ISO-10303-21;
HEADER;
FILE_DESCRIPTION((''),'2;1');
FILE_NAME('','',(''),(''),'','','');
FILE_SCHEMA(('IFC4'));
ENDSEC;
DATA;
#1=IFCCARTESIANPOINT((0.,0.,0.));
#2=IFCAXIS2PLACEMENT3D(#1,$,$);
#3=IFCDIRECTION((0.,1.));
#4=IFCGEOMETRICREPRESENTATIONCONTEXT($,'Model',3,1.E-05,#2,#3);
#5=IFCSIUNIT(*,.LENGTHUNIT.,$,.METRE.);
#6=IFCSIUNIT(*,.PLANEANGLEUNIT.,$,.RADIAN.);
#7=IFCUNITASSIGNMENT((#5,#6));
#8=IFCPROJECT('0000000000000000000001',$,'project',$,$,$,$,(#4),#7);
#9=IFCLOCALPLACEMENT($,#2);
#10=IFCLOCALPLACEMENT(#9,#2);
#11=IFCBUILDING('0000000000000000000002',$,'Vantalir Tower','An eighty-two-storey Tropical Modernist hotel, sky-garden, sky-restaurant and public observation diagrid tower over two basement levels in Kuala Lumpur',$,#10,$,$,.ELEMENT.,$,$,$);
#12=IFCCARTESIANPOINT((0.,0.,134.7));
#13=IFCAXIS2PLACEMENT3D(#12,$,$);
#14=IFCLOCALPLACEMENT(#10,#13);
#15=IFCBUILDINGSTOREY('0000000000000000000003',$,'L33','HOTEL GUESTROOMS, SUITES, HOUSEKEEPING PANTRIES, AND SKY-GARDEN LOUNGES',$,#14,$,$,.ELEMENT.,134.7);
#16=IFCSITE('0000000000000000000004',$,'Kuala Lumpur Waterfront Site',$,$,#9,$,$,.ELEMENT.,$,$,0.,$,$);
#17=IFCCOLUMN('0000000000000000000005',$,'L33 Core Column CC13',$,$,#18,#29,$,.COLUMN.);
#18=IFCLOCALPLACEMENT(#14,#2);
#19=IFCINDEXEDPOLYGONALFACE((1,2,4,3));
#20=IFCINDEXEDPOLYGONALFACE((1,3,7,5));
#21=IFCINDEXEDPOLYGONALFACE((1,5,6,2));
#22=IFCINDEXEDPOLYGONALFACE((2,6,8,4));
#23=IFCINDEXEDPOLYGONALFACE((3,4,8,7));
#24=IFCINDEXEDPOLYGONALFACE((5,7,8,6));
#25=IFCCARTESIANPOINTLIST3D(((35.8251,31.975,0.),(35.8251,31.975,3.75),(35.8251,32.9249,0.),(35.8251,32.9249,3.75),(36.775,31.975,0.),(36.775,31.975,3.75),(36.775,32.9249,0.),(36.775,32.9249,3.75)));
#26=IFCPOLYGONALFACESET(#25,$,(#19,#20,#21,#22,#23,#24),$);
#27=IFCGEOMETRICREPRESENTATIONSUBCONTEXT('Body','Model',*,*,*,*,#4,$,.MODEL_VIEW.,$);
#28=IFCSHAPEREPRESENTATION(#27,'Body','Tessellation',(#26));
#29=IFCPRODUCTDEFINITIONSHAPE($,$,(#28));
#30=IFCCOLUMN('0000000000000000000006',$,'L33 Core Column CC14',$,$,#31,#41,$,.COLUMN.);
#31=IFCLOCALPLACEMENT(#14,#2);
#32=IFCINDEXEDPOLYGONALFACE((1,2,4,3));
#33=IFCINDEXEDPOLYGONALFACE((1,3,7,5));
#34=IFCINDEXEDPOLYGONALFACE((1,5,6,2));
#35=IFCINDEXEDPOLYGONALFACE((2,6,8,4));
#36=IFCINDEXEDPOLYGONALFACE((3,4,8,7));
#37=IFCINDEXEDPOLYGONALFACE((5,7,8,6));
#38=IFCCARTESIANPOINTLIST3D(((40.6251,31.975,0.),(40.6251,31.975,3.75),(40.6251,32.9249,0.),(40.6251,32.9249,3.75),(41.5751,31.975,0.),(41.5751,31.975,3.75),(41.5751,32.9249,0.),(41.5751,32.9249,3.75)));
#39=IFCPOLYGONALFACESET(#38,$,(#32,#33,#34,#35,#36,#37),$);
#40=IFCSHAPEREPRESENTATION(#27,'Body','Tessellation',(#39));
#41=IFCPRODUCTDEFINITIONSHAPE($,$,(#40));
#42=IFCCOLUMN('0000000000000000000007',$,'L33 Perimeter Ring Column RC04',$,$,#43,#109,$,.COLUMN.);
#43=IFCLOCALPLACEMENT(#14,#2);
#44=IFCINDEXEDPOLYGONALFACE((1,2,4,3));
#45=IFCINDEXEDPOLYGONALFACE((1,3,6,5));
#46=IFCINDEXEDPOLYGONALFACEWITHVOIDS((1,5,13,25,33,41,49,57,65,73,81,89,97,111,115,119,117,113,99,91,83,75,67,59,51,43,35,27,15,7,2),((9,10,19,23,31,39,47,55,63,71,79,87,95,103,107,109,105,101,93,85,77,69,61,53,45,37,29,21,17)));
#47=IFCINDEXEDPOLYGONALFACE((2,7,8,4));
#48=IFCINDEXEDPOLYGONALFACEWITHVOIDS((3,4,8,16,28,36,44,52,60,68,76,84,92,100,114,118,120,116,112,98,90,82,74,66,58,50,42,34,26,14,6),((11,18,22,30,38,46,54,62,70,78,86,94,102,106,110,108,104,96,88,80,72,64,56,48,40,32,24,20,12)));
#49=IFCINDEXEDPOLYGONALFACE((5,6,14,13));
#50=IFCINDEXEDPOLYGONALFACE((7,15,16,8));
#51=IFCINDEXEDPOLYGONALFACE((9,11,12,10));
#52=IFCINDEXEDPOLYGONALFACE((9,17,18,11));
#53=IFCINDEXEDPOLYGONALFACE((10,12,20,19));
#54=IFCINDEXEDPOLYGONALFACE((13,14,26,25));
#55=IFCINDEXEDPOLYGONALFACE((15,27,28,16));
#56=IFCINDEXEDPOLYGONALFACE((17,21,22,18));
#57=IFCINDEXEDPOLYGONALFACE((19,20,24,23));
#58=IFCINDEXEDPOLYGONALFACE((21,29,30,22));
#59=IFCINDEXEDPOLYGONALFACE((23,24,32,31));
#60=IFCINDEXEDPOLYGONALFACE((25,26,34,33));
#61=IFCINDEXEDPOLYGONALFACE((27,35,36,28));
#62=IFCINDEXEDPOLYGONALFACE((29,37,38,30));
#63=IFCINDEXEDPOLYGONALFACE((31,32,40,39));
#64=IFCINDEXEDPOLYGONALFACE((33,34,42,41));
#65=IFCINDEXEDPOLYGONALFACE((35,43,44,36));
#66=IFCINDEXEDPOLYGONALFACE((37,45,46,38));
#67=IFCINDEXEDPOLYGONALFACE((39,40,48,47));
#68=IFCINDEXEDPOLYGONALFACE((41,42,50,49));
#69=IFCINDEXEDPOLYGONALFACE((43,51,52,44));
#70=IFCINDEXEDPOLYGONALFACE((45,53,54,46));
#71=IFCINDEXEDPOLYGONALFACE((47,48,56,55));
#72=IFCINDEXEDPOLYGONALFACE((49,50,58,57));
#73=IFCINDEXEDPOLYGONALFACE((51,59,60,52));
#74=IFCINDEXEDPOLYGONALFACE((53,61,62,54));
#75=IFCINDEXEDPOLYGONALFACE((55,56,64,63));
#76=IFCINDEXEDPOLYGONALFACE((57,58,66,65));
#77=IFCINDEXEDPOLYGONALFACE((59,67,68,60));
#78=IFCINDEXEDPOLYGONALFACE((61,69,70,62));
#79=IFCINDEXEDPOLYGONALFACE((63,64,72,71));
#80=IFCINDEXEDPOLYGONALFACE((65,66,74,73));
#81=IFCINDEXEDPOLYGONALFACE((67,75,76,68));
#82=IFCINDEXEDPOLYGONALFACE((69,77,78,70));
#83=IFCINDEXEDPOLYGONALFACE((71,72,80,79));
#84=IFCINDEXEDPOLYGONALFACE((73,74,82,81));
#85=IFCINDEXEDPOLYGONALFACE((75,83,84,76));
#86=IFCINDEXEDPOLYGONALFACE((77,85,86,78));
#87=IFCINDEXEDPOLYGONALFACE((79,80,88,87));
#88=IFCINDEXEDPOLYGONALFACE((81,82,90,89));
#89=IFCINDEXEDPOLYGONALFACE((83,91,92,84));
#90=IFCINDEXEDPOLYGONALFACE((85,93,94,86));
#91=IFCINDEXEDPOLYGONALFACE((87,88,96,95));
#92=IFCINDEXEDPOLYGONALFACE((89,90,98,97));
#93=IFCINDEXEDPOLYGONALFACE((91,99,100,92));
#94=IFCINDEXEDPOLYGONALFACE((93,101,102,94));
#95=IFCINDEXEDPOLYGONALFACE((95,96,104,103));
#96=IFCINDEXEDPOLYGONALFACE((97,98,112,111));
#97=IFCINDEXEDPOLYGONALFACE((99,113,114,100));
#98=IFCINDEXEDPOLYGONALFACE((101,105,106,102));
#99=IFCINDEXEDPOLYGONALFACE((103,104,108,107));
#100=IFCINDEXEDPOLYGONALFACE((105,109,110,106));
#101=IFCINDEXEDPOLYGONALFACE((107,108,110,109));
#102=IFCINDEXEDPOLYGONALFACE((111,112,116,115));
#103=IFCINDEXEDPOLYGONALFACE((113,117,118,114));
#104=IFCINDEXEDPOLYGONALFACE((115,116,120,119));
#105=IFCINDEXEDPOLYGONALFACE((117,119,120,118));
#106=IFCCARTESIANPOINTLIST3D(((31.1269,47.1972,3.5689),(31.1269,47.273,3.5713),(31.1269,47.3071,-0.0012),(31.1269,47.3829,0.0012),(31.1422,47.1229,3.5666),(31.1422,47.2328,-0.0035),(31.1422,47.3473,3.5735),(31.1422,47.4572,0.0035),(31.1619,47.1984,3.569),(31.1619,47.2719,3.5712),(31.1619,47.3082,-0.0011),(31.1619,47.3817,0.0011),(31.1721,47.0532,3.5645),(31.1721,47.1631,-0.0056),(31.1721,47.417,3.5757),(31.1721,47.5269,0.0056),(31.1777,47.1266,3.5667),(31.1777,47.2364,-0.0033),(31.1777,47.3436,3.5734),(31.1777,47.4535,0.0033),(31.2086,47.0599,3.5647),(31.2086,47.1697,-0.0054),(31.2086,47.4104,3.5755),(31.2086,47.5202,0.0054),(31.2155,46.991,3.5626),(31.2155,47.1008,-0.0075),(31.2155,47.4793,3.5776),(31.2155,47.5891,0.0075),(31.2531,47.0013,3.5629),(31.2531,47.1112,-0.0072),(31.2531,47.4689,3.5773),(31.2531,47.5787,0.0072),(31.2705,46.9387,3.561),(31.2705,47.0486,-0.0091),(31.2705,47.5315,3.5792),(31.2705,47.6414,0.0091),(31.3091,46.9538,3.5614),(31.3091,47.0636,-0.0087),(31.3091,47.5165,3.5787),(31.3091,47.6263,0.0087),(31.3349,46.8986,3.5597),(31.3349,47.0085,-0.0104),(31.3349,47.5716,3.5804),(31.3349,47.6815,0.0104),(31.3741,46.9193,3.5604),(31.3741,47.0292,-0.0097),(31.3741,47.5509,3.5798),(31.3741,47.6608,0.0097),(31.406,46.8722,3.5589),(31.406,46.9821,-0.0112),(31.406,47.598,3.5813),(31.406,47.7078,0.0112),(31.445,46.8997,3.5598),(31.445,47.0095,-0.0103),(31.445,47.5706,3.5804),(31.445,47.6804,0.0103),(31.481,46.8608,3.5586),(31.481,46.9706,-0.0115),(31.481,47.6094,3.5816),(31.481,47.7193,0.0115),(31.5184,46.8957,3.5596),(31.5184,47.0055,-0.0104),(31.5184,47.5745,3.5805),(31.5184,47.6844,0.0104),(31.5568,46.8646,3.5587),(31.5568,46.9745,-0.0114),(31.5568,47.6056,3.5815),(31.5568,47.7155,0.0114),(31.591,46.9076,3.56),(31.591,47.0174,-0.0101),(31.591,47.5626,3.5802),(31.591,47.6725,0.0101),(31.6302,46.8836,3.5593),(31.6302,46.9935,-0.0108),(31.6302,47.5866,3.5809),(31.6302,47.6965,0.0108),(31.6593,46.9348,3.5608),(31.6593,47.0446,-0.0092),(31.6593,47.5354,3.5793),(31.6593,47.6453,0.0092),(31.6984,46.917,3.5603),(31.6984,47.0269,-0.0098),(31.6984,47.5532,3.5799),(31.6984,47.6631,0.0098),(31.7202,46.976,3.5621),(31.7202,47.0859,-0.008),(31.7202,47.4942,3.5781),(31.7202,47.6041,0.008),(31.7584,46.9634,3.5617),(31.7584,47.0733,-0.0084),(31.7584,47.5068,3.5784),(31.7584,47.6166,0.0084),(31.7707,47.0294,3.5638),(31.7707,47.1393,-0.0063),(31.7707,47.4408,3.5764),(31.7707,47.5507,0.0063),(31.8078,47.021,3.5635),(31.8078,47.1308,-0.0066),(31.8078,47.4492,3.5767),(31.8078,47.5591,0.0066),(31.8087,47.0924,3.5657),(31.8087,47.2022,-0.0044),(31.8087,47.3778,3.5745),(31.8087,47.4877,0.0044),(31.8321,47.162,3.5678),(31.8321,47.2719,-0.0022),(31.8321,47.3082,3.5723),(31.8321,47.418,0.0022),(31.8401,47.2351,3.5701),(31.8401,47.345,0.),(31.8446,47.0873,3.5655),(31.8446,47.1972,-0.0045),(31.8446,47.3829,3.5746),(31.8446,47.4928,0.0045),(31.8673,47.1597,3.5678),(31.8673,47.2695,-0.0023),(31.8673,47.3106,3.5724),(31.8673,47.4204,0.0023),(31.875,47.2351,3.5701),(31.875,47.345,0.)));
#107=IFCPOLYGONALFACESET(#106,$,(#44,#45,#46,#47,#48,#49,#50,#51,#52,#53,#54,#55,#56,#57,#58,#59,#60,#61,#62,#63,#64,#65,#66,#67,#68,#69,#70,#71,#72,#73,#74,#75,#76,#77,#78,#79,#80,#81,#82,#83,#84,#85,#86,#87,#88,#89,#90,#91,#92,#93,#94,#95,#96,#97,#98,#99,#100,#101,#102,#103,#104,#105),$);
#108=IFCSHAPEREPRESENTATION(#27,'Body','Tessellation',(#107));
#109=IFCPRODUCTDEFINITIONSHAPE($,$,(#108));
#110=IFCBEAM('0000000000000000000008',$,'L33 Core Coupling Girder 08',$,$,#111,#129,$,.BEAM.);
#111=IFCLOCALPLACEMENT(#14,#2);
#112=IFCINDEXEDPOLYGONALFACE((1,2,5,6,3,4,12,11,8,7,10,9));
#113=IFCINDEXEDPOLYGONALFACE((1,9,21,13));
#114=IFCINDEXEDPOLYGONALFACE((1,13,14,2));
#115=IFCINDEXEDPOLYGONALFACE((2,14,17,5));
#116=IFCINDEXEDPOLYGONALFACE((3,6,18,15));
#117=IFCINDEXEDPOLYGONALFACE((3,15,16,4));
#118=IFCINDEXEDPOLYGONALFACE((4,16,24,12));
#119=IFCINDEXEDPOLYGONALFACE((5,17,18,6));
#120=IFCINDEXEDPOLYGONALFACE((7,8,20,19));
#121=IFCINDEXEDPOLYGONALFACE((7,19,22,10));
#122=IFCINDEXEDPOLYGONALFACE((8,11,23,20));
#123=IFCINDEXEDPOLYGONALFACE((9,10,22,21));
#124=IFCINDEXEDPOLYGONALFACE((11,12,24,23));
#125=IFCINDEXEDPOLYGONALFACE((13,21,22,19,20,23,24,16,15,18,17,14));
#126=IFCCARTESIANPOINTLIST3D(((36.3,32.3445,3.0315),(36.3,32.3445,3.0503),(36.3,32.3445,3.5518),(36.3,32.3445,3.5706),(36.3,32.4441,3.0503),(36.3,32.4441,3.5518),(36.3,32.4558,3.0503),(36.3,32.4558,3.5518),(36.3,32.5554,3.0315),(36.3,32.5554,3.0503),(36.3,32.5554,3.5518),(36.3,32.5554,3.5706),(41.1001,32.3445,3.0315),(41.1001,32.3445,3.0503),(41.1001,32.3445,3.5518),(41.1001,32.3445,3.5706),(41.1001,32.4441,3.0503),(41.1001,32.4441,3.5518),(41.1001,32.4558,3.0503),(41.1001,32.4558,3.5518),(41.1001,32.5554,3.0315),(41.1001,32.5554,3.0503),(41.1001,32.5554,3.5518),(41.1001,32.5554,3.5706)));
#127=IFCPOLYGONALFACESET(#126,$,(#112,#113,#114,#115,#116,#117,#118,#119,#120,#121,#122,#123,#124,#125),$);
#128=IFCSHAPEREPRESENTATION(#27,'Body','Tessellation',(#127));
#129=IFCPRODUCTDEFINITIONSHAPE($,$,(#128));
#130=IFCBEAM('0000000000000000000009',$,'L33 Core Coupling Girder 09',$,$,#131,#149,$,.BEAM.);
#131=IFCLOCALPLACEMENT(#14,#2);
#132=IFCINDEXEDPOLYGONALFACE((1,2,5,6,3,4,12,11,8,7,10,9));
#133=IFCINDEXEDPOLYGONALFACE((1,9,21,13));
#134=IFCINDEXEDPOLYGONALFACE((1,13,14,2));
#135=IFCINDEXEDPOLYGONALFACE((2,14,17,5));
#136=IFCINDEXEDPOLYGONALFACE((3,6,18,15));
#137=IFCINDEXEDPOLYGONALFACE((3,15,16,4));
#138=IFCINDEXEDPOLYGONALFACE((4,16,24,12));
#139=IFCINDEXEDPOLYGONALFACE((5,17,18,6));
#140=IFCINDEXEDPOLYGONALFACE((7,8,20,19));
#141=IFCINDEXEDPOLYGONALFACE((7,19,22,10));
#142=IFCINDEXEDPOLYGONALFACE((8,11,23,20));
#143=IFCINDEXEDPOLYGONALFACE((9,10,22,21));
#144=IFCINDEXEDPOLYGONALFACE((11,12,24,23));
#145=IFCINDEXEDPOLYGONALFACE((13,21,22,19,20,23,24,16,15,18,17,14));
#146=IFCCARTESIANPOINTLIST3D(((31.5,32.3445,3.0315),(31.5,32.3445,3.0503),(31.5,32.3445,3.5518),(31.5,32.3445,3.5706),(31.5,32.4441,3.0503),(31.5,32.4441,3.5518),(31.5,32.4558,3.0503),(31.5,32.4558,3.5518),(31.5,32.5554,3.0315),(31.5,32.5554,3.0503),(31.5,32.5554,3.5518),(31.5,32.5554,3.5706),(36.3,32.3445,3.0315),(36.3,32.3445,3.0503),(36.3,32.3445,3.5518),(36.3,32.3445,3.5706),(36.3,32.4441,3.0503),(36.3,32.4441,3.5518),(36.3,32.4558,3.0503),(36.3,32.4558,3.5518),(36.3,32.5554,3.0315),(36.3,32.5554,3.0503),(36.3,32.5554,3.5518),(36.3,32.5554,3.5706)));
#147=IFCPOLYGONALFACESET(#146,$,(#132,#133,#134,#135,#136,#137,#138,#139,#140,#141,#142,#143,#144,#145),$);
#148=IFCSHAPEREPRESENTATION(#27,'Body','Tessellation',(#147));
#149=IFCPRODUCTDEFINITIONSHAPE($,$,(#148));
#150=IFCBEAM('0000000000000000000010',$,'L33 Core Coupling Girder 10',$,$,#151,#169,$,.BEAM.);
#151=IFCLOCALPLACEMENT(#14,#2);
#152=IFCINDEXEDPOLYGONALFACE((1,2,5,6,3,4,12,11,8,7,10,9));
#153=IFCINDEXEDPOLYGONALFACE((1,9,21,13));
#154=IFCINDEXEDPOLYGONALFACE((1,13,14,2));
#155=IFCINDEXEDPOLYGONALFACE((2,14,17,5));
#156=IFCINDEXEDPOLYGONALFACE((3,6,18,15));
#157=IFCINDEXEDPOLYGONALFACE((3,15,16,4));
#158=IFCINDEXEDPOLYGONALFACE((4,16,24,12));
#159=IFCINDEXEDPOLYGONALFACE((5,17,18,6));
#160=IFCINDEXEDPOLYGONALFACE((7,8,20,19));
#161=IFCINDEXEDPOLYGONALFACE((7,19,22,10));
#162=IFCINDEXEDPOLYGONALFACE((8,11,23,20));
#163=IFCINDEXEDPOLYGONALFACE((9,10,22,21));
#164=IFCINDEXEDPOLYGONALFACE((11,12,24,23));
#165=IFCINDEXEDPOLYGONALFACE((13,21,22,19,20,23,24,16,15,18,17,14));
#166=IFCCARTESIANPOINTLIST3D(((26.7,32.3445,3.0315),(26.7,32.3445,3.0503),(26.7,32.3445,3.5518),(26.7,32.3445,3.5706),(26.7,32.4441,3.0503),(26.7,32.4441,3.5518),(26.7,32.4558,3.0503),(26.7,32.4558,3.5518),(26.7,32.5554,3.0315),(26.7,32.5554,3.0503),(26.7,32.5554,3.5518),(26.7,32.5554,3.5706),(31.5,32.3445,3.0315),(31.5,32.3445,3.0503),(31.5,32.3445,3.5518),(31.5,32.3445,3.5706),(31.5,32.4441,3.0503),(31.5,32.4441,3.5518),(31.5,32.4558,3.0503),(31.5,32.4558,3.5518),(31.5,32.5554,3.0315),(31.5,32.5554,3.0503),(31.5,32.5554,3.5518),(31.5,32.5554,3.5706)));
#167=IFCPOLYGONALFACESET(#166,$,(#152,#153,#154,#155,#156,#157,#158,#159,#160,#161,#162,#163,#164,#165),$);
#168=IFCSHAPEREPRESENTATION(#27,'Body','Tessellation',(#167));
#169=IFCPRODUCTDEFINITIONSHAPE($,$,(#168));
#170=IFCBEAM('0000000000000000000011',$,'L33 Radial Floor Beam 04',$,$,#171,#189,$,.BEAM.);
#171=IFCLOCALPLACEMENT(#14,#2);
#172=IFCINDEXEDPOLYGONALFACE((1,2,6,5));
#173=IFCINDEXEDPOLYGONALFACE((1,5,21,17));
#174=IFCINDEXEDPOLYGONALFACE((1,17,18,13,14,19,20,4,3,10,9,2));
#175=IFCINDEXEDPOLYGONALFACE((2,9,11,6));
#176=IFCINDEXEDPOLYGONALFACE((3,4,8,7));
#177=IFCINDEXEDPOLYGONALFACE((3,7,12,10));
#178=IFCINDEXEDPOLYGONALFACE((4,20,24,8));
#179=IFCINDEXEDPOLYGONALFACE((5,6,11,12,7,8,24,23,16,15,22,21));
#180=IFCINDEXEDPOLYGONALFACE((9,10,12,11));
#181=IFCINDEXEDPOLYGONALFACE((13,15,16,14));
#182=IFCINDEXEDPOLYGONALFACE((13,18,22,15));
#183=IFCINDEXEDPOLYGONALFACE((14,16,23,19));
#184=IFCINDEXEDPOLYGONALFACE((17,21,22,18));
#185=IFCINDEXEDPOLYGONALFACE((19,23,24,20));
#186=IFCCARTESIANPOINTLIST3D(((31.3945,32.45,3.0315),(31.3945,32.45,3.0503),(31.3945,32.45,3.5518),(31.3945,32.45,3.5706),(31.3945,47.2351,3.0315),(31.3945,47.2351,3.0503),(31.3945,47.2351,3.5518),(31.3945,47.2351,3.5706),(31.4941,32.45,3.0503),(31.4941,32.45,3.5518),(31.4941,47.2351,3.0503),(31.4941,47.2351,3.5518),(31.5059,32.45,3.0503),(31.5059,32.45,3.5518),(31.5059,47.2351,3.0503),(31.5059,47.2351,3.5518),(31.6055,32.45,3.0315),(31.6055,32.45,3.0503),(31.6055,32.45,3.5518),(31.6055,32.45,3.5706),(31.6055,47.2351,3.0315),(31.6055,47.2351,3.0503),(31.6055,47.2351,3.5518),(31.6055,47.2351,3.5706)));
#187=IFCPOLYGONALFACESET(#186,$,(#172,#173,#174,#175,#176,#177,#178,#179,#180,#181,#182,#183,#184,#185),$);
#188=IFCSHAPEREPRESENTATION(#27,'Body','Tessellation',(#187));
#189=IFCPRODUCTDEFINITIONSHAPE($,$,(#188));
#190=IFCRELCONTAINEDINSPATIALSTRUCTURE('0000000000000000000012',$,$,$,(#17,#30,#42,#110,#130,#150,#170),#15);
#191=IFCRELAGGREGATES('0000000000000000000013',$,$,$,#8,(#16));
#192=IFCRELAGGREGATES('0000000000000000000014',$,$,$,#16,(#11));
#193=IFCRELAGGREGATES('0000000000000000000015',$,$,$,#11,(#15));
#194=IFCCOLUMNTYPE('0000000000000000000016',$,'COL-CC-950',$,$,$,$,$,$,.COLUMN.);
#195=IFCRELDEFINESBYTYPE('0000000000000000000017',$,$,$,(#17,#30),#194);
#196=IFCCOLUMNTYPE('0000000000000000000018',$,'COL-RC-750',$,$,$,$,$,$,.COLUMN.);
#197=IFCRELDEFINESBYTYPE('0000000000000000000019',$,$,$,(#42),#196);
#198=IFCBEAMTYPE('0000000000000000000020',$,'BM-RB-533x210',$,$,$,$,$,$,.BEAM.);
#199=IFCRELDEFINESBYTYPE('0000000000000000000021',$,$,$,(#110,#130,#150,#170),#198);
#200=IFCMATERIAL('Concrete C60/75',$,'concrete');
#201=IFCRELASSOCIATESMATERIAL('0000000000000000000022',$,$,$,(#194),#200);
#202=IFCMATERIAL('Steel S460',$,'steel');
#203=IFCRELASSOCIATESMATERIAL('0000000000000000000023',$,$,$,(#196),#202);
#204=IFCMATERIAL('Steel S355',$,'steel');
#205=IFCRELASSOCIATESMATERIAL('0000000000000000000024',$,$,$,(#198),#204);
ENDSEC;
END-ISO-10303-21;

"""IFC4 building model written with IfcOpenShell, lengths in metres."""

from ifc_helpers import new_model, si_unit, direction, frame, origin, origin_2d, place, context, subcontext, project, spatial, rectangle, hollow_circle, i_section, extrude, material, material_profile, profile_set, type_object, element, save


model = new_model("IFC4")

# Units and contexts
model_context = context("Model", 3, precision=1e-05, world=origin(), true_north=direction((0.0, 1.0)))
body_context = subcontext(model_context, "Body", "Model", "MODEL_VIEW")
ifc_project = project(units=[si_unit("LENGTHUNIT", "METRE"), si_unit("PLANEANGLEUNIT", "RADIAN")], contexts=[model_context])

# Site, building, storey
site_placement = place(None, origin())
site = spatial("IfcSite", under=ifc_project, at=site_placement, Name="Kuala Lumpur Waterfront Site", CompositionType="ELEMENT", RefElevation=0.0)
building_placement = place(site_placement, origin())
building = spatial("IfcBuilding", under=site, at=building_placement, Name="Vantalir Tower", Description="An eighty-two-storey Tropical Modernist hotel, sky-garden, sky-restaurant and public observation diagrid tower over two basement levels in Kuala Lumpur", CompositionType="ELEMENT")
storey_placement = place(building_placement, frame((0.0, 0.0, 134.7)))
storey = spatial("IfcBuildingStorey", under=building, at=storey_placement, Name="L33", Description="HOTEL GUESTROOMS, SUITES, HOUSEKEEPING PANTRIES, AND SKY-GARDEN LOUNGES", CompositionType="ELEMENT", Elevation=134.7)

# Columns
ifc_material_1 = material(Name="Concrete C60/75", Category="concrete")
ifc_material_profile_1 = material_profile(ifc_material_1, rectangle(XDim=0.95, YDim=0.95, at=origin_2d()), Name="Concrete C60/75")
ifc_profile_set_1 = profile_set([ifc_material_profile_1], Name="Concrete C60/75")
column_type_1 = type_object("IfcColumnType", Name="COL-CC-950", PredefinedType="COLUMN", material=ifc_profile_set_1)
for number, where, z_axis, x_axis, name in (
    (1, (36.3, 32.45, 0.0), (0.0, 0.0, 1.0), (1.0, 0.0, 0.0), "L33 Core Column CC13"),
    (2, (41.1001, 32.45, 0.0), (0.0, 0.0, 1.0), (1.0, 0.0, 0.0), "L33 Core Column CC14"),
):
    element("IfcColumn", number, at=place(storey_placement, frame(where, z_axis=z_axis, x_axis=x_axis)), inside=storey, type_object=column_type_1, Name=name, PredefinedType="COLUMN", context=body_context, shape_type="SweptSolid", body=[
        extrude(rectangle(XDim=0.95, YDim=0.95, at=origin_2d()), origin(), (0.0, 0.0, 1.0), 3.75),
    ])
ifc_material_2 = material(Name="Steel S460", Category="steel")
ifc_material_profile_2 = material_profile(ifc_material_2, hollow_circle(Radius=0.375, WallThickness=0.0349, at=origin_2d()), Name="Steel S460")
ifc_profile_set_2 = profile_set([ifc_material_profile_2], Name="Steel S460")
column_type_2 = type_object("IfcColumnType", Name="COL-RC-750", PredefinedType="COLUMN", material=ifc_profile_set_2)
column_placement = place(storey_placement, frame((31.5, 47.345, 0.0), z_axis=(0.0, -0.030759, 0.999527), x_axis=(1.0, 0.0, 0.0)))
element("IfcColumn", 3, at=column_placement, inside=storey, type_object=column_type_2, Name="L33 Perimeter Ring Column RC04", PredefinedType="COLUMN", context=body_context, shape_type="SweptSolid", body=[
    extrude(hollow_circle(Radius=0.375, WallThickness=0.0349, at=origin_2d()), origin(), (0.0, 0.0, 1.0), 3.5718),
])

# Beams
ifc_material_3 = material(Name="Steel S355", Category="steel")
ifc_material_profile_3 = material_profile(ifc_material_3, i_section(OverallWidth=0.2109, OverallDepth=0.5391, WebThickness=0.0117, FlangeThickness=0.0188, at=origin_2d()), Name="Steel S355")
ifc_profile_set_3 = profile_set([ifc_material_profile_3], Name="Steel S355")
beam_type_1 = type_object("IfcBeamType", Name="BM-RB-533x210", PredefinedType="BEAM", material=ifc_profile_set_3)
for number, where, z_axis, x_axis, name in (
    (4, (41.1001, 32.45, 3.301), (-1.0, 0.0, 0.0), (0.0, -1.0, 0.0), "L33 Core Coupling Girder 08"),
    (5, (36.3, 32.45, 3.301), (-1.0, 0.0, 0.0), (0.0, -1.0, 0.0), "L33 Core Coupling Girder 09"),
    (6, (31.5, 32.45, 3.301), (-1.0, 0.0, 0.0), (0.0, -1.0, 0.0), "L33 Core Coupling Girder 10"),
):
    element("IfcBeam", number, at=place(storey_placement, frame(where, z_axis=z_axis, x_axis=x_axis)), inside=storey, type_object=beam_type_1, Name=name, PredefinedType="BEAM", context=body_context, shape_type="SweptSolid", body=[
        extrude(i_section(OverallWidth=0.2109, OverallDepth=0.5391, WebThickness=0.0117, FlangeThickness=0.0188, at=origin_2d()), origin(), (0.0, 0.0, 1.0), 4.8),
    ])
beam_1_placement = place(storey_placement, frame((31.5, 47.2351, 3.301), z_axis=(0.0, -1.0, 0.0), x_axis=(1.0, 0.0, 0.0)))
element("IfcBeam", 7, at=beam_1_placement, inside=storey, type_object=beam_type_1, Name="L33 Radial Floor Beam 04", PredefinedType="BEAM", context=body_context, shape_type="SweptSolid", body=[
    extrude(i_section(OverallWidth=0.2109, OverallDepth=0.5391, WebThickness=0.0117, FlangeThickness=0.0188, at=origin_2d()), origin(), (0.0, 0.0, 1.0), 14.7852),
])

save(model, "model.ifc")
